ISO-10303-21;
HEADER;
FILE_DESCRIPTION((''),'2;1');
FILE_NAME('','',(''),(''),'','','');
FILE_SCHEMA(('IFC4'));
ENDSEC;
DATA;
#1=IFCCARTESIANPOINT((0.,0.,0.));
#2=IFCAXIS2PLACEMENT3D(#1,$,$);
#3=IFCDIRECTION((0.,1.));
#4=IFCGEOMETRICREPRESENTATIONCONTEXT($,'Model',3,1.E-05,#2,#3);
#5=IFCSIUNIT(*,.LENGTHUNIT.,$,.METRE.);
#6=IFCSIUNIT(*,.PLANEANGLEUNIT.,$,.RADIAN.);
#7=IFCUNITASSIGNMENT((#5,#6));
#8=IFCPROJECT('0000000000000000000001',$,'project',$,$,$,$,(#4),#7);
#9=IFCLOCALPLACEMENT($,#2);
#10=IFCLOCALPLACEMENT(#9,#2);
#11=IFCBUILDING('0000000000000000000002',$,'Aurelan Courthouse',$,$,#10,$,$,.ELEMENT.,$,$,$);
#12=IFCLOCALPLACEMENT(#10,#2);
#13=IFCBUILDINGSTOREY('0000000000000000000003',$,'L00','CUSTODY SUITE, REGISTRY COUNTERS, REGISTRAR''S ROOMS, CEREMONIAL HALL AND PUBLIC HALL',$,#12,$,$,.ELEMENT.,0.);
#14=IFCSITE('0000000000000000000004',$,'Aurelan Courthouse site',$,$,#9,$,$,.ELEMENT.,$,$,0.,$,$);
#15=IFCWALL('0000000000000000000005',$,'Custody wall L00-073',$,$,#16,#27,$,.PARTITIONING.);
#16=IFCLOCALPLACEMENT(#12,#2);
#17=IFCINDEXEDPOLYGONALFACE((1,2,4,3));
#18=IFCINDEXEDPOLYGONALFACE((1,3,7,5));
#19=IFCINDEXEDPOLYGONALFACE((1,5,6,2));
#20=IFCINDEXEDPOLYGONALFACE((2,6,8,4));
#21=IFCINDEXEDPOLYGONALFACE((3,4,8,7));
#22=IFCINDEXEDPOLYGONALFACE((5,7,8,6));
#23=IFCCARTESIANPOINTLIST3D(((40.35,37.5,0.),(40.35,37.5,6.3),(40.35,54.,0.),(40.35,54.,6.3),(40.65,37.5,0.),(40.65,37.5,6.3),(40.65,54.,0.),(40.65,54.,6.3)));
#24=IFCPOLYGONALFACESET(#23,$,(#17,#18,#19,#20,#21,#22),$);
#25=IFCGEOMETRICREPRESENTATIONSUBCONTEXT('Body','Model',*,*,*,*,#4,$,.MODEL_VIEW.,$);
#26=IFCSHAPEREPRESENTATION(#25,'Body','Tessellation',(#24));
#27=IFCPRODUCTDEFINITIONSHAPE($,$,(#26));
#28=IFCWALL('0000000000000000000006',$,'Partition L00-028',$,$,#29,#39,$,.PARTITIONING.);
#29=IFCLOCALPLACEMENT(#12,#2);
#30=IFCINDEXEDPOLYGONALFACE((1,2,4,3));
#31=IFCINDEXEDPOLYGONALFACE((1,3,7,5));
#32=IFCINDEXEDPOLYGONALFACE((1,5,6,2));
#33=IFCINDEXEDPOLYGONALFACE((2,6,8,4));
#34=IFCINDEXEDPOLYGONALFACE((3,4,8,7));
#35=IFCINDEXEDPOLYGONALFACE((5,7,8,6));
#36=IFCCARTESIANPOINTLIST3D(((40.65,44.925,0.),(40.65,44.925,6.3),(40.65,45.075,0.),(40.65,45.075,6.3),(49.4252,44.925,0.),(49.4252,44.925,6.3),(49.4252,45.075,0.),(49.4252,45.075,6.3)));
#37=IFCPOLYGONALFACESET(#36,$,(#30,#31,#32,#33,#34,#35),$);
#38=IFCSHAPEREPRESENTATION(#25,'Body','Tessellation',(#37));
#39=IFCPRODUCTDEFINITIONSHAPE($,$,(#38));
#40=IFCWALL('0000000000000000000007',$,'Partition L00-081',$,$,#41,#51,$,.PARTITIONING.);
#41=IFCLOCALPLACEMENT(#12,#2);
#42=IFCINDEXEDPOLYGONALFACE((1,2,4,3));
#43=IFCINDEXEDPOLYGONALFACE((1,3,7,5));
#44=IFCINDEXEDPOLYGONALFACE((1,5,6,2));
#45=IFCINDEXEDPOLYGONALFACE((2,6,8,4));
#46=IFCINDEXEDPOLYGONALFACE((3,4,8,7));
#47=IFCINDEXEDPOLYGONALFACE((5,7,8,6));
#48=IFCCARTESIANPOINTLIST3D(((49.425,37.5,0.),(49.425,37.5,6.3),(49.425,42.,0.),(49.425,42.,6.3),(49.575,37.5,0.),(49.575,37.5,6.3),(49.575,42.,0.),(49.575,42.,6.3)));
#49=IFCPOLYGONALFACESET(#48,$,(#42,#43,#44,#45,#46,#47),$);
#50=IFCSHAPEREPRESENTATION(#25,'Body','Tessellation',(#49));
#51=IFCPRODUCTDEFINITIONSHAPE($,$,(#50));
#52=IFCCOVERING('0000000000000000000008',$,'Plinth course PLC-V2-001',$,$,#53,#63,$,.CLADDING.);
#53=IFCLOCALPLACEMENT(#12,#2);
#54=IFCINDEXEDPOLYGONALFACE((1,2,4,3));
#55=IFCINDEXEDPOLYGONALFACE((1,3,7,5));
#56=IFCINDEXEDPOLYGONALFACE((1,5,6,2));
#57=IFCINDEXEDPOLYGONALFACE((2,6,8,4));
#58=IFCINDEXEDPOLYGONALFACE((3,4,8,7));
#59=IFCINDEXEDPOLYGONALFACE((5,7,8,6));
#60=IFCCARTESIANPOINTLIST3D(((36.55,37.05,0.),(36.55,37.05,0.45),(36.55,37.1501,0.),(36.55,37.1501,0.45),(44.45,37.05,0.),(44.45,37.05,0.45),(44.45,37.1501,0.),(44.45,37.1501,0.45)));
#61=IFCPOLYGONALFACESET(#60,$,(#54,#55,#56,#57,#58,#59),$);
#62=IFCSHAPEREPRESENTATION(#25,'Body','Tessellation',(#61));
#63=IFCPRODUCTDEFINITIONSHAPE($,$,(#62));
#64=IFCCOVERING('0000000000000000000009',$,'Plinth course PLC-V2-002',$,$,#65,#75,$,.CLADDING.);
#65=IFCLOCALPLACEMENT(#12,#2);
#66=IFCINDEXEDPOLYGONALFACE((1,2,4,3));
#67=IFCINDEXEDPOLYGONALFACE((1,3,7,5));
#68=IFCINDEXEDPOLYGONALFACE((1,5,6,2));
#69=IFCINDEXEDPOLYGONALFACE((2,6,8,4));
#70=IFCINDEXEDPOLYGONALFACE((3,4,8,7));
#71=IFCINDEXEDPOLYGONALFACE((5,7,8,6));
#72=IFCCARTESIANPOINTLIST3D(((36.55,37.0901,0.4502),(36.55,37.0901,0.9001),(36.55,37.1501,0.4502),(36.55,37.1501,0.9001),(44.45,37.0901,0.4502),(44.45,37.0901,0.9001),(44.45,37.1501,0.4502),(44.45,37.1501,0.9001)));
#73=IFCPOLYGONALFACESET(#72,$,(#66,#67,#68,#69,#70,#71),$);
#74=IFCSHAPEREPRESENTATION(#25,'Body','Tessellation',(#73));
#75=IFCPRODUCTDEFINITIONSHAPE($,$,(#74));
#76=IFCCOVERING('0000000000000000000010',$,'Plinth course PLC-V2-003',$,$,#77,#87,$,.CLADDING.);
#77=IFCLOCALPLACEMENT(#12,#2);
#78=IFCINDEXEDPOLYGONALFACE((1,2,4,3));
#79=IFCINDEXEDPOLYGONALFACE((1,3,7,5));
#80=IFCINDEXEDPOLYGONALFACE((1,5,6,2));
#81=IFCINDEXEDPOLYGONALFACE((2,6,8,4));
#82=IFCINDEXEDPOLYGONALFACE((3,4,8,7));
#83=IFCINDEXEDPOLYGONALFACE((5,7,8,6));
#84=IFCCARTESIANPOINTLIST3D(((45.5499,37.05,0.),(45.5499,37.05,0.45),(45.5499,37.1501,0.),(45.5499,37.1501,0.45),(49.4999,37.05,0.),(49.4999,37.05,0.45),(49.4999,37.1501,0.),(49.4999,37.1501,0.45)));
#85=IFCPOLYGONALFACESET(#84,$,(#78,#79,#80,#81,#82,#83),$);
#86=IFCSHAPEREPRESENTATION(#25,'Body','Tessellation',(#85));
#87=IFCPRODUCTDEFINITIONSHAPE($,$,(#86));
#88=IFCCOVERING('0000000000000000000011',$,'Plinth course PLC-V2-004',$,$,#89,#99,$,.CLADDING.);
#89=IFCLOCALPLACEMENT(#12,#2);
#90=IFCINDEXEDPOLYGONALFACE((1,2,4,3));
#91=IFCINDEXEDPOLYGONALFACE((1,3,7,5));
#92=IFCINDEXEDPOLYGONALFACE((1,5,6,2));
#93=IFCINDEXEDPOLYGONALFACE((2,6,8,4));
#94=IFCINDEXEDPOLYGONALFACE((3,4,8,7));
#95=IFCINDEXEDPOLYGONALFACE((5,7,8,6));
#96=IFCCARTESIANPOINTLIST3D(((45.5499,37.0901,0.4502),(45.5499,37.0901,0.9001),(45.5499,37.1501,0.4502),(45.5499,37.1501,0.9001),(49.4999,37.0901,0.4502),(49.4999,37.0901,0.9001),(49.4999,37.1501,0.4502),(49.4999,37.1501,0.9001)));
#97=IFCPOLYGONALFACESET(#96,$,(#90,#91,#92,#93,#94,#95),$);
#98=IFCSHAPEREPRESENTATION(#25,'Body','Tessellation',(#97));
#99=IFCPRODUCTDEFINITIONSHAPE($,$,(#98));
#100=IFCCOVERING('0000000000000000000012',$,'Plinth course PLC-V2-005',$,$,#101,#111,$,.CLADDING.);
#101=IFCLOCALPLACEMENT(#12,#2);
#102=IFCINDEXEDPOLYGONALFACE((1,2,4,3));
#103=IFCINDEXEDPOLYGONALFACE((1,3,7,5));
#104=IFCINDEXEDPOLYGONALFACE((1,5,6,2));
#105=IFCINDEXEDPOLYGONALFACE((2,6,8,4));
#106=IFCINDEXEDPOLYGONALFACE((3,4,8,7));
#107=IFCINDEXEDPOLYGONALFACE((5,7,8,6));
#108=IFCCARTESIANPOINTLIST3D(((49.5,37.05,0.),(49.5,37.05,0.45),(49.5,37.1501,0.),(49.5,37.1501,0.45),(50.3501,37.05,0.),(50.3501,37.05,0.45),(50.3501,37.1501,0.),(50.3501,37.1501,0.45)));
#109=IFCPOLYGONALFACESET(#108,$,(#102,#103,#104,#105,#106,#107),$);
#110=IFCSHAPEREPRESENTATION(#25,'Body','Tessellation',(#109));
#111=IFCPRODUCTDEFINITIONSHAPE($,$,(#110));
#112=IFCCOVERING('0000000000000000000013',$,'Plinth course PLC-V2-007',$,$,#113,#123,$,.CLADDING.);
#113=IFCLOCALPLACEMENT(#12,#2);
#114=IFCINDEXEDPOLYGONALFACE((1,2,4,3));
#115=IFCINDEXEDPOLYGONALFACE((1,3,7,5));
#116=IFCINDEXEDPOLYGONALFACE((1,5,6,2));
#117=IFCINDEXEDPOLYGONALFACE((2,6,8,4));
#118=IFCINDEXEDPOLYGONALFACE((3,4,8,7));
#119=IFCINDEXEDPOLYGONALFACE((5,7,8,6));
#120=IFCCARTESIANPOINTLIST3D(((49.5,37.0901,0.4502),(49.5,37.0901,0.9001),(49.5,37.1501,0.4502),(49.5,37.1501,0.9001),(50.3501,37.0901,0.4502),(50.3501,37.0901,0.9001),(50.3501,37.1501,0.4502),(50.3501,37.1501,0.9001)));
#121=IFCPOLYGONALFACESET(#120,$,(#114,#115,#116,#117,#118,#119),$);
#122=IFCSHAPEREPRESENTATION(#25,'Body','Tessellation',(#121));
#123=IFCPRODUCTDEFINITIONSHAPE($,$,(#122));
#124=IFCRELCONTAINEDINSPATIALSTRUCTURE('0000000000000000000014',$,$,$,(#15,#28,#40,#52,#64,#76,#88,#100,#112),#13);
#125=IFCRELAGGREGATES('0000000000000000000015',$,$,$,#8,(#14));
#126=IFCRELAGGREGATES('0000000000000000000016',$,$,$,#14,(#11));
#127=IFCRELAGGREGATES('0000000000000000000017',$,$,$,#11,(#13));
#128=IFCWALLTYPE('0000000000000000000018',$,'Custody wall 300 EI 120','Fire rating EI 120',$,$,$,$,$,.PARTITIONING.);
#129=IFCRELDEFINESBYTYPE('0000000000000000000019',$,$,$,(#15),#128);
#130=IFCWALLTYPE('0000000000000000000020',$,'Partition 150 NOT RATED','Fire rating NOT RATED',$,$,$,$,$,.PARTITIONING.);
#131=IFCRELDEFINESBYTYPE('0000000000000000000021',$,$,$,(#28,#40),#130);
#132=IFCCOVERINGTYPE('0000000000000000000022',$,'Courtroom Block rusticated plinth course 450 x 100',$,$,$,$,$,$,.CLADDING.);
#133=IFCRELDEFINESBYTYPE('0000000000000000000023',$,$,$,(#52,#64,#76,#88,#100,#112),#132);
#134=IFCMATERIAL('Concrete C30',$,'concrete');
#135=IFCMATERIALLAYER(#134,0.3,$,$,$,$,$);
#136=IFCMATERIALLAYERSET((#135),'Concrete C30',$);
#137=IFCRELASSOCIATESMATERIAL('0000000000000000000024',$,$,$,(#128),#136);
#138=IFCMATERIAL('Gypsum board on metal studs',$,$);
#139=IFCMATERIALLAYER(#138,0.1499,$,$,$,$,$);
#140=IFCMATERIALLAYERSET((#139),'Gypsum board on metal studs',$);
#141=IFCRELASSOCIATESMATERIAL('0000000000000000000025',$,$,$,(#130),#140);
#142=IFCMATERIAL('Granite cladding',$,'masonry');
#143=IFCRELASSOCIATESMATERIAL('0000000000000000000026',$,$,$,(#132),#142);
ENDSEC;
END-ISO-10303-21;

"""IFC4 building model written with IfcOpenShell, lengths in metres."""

from ifc_helpers import new_model, si_unit, direction, frame, frame_2d, origin, origin_2d, place, context, subcontext, project, spatial, rectangle, extrude, material, layer, layer_set, type_object, element, save


model = new_model("IFC4")

# Units and contexts
model_context = context("Model", 3, precision=1e-05, world=origin(), true_north=direction((0.0, 1.0)))
body_context = subcontext(model_context, "Body", "Model", "MODEL_VIEW")
ifc_project = project(units=[si_unit("LENGTHUNIT", "METRE"), si_unit("PLANEANGLEUNIT", "RADIAN")], contexts=[model_context])

# Site, building, storey
site_placement = place(None, origin())
site = spatial("IfcSite", under=ifc_project, at=site_placement, Name="Aurelan Courthouse site", CompositionType="ELEMENT", RefElevation=0.0)
building_placement = place(site_placement, origin())
building = spatial("IfcBuilding", under=site, at=building_placement, Name="Aurelan Courthouse", CompositionType="ELEMENT")
storey_placement = place(building_placement, origin())
storey = spatial("IfcBuildingStorey", under=building, at=storey_placement, Name="L00", Description="CUSTODY SUITE, REGISTRY COUNTERS, REGISTRAR'S ROOMS, CEREMONIAL HALL AND PUBLIC HALL", CompositionType="ELEMENT", Elevation=0.0)

# Shared definitions
ifc_material_1 = material(Name="Gypsum board on metal studs")

# Shared definitions
ifc_material_2 = material(Name="Granite cladding", Category="masonry")
ifc_material_3 = material(Name="Concrete C30", Category="concrete")

# Shared definitions
ifc_layer_1 = layer(ifc_material_3, 0.3)
ifc_layer_set_1 = layer_set([ifc_layer_1], Name="Concrete C30")
wall_type_1 = type_object("IfcWallType", Name="Custody wall 300 EI 120", Description="Fire rating EI 120", PredefinedType="PARTITIONING", material=ifc_layer_set_1)

# Walls
wall_1_placement = place(storey_placement, frame((40.5, 37.5, 0.0), z_axis=(0.0, 0.0, 1.0), x_axis=(0.0, 1.0, 0.0)))
element("IfcWall", 1, at=wall_1_placement, inside=storey, type_object=wall_type_1, Name="Custody wall L00-073", PredefinedType="PARTITIONING", context=body_context, shape_type="SweptSolid", body=[
    extrude(rectangle(XDim=16.5, YDim=0.3, at=frame_2d((8.25, 0.0))), origin(), (0.0, 0.0, 1.0), 6.3),
])
ifc_layer_2 = layer(ifc_material_1, 0.1499)
ifc_layer_set_2 = layer_set([ifc_layer_2], Name="Gypsum board on metal studs")
wall_type_2 = type_object("IfcWallType", Name="Partition 150 NOT RATED", Description="Fire rating NOT RATED", PredefinedType="PARTITIONING", material=ifc_layer_set_2)
wall_2_placement = place(storey_placement, frame((40.6499, 45.0, 0.0), z_axis=(0.0, 0.0, 1.0), x_axis=(1.0, 0.0, 0.0)))
element("IfcWall", 2, at=wall_2_placement, inside=storey, type_object=wall_type_2, Name="Partition L00-028", PredefinedType="PARTITIONING", context=body_context, shape_type="SweptSolid", body=[
    extrude(rectangle(XDim=8.7751, YDim=0.1499, at=frame_2d((4.3877, 0.0))), origin(), (0.0, 0.0, 1.0), 6.3),
])
wall_3_placement = place(storey_placement, frame((49.5, 37.5, 0.0), z_axis=(0.0, 0.0, 1.0), x_axis=(0.0, 1.0, 0.0)))
element("IfcWall", 3, at=wall_3_placement, inside=storey, type_object=wall_type_2, Name="Partition L00-081", PredefinedType="PARTITIONING", context=body_context, shape_type="SweptSolid", body=[
    extrude(rectangle(XDim=4.5, YDim=0.1499, at=frame_2d((2.25, 0.0))), origin(), (0.0, 0.0, 1.0), 6.3),
])

# Coverings
covering_type = type_object("IfcCoveringType", Name="Courtroom Block rusticated plinth course 450 x 100", PredefinedType="CLADDING", material=ifc_material_2)
covering_1_placement = place(storey_placement, frame((40.5, 37.1001, 0.0), z_axis=(0.0, 0.0, 1.0), x_axis=(1.0, 0.0, 0.0)))
element("IfcCovering", 4, at=covering_1_placement, inside=storey, type_object=covering_type, Name="Plinth course PLC-V2-001", PredefinedType="CLADDING", context=body_context, shape_type="SweptSolid", body=[
    extrude(rectangle(XDim=7.8999, YDim=0.1001, at=origin_2d()), origin(), (0.0, 0.0, 1.0), 0.45),
])
covering_2_placement = place(storey_placement, frame((40.5, 37.1201, 0.4502), z_axis=(0.0, 0.0, 1.0), x_axis=(1.0, 0.0, 0.0)))
element("IfcCovering", 5, at=covering_2_placement, inside=storey, type_object=covering_type, Name="Plinth course PLC-V2-002", PredefinedType="CLADDING", context=body_context, shape_type="SweptSolid", body=[
    extrude(rectangle(XDim=7.8999, YDim=0.0601, at=origin_2d()), origin(), (0.0, 0.0, 1.0), 0.45),
])
covering_3_placement = place(storey_placement, frame((47.5249, 37.1001, 0.0), z_axis=(0.0, 0.0, 1.0), x_axis=(1.0, 0.0, 0.0)))
element("IfcCovering", 6, at=covering_3_placement, inside=storey, type_object=covering_type, Name="Plinth course PLC-V2-003", PredefinedType="CLADDING", context=body_context, shape_type="SweptSolid", body=[
    extrude(rectangle(XDim=3.95, YDim=0.1001, at=origin_2d()), origin(), (0.0, 0.0, 1.0), 0.45),
])
covering_4_placement = place(storey_placement, frame((47.5249, 37.1201, 0.4502), z_axis=(0.0, 0.0, 1.0), x_axis=(1.0, 0.0, 0.0)))
element("IfcCovering", 7, at=covering_4_placement, inside=storey, type_object=covering_type, Name="Plinth course PLC-V2-004", PredefinedType="CLADDING", context=body_context, shape_type="SweptSolid", body=[
    extrude(rectangle(XDim=3.95, YDim=0.0601, at=origin_2d()), origin(), (0.0, 0.0, 1.0), 0.45),
])
covering_5_placement = place(storey_placement, frame((49.925, 37.1001, 0.0), z_axis=(0.0, 0.0, 1.0), x_axis=(1.0, 0.0, 0.0)))
element("IfcCovering", 8, at=covering_5_placement, inside=storey, type_object=covering_type, Name="Plinth course PLC-V2-005", PredefinedType="CLADDING", context=body_context, shape_type="SweptSolid", body=[
    extrude(rectangle(XDim=0.8501, YDim=0.1001, at=origin_2d()), origin(), (0.0, 0.0, 1.0), 0.45),
])
covering_6_placement = place(storey_placement, frame((49.925, 37.1201, 0.4502), z_axis=(0.0, 0.0, 1.0), x_axis=(1.0, 0.0, 0.0)))
element("IfcCovering", 9, at=covering_6_placement, inside=storey, type_object=covering_type, Name="Plinth course PLC-V2-007", PredefinedType="CLADDING", context=body_context, shape_type="SweptSolid", body=[
    extrude(rectangle(XDim=0.8501, YDim=0.0601, at=origin_2d()), origin(), (0.0, 0.0, 1.0), 0.45),
])

save(model, "model.ifc")
